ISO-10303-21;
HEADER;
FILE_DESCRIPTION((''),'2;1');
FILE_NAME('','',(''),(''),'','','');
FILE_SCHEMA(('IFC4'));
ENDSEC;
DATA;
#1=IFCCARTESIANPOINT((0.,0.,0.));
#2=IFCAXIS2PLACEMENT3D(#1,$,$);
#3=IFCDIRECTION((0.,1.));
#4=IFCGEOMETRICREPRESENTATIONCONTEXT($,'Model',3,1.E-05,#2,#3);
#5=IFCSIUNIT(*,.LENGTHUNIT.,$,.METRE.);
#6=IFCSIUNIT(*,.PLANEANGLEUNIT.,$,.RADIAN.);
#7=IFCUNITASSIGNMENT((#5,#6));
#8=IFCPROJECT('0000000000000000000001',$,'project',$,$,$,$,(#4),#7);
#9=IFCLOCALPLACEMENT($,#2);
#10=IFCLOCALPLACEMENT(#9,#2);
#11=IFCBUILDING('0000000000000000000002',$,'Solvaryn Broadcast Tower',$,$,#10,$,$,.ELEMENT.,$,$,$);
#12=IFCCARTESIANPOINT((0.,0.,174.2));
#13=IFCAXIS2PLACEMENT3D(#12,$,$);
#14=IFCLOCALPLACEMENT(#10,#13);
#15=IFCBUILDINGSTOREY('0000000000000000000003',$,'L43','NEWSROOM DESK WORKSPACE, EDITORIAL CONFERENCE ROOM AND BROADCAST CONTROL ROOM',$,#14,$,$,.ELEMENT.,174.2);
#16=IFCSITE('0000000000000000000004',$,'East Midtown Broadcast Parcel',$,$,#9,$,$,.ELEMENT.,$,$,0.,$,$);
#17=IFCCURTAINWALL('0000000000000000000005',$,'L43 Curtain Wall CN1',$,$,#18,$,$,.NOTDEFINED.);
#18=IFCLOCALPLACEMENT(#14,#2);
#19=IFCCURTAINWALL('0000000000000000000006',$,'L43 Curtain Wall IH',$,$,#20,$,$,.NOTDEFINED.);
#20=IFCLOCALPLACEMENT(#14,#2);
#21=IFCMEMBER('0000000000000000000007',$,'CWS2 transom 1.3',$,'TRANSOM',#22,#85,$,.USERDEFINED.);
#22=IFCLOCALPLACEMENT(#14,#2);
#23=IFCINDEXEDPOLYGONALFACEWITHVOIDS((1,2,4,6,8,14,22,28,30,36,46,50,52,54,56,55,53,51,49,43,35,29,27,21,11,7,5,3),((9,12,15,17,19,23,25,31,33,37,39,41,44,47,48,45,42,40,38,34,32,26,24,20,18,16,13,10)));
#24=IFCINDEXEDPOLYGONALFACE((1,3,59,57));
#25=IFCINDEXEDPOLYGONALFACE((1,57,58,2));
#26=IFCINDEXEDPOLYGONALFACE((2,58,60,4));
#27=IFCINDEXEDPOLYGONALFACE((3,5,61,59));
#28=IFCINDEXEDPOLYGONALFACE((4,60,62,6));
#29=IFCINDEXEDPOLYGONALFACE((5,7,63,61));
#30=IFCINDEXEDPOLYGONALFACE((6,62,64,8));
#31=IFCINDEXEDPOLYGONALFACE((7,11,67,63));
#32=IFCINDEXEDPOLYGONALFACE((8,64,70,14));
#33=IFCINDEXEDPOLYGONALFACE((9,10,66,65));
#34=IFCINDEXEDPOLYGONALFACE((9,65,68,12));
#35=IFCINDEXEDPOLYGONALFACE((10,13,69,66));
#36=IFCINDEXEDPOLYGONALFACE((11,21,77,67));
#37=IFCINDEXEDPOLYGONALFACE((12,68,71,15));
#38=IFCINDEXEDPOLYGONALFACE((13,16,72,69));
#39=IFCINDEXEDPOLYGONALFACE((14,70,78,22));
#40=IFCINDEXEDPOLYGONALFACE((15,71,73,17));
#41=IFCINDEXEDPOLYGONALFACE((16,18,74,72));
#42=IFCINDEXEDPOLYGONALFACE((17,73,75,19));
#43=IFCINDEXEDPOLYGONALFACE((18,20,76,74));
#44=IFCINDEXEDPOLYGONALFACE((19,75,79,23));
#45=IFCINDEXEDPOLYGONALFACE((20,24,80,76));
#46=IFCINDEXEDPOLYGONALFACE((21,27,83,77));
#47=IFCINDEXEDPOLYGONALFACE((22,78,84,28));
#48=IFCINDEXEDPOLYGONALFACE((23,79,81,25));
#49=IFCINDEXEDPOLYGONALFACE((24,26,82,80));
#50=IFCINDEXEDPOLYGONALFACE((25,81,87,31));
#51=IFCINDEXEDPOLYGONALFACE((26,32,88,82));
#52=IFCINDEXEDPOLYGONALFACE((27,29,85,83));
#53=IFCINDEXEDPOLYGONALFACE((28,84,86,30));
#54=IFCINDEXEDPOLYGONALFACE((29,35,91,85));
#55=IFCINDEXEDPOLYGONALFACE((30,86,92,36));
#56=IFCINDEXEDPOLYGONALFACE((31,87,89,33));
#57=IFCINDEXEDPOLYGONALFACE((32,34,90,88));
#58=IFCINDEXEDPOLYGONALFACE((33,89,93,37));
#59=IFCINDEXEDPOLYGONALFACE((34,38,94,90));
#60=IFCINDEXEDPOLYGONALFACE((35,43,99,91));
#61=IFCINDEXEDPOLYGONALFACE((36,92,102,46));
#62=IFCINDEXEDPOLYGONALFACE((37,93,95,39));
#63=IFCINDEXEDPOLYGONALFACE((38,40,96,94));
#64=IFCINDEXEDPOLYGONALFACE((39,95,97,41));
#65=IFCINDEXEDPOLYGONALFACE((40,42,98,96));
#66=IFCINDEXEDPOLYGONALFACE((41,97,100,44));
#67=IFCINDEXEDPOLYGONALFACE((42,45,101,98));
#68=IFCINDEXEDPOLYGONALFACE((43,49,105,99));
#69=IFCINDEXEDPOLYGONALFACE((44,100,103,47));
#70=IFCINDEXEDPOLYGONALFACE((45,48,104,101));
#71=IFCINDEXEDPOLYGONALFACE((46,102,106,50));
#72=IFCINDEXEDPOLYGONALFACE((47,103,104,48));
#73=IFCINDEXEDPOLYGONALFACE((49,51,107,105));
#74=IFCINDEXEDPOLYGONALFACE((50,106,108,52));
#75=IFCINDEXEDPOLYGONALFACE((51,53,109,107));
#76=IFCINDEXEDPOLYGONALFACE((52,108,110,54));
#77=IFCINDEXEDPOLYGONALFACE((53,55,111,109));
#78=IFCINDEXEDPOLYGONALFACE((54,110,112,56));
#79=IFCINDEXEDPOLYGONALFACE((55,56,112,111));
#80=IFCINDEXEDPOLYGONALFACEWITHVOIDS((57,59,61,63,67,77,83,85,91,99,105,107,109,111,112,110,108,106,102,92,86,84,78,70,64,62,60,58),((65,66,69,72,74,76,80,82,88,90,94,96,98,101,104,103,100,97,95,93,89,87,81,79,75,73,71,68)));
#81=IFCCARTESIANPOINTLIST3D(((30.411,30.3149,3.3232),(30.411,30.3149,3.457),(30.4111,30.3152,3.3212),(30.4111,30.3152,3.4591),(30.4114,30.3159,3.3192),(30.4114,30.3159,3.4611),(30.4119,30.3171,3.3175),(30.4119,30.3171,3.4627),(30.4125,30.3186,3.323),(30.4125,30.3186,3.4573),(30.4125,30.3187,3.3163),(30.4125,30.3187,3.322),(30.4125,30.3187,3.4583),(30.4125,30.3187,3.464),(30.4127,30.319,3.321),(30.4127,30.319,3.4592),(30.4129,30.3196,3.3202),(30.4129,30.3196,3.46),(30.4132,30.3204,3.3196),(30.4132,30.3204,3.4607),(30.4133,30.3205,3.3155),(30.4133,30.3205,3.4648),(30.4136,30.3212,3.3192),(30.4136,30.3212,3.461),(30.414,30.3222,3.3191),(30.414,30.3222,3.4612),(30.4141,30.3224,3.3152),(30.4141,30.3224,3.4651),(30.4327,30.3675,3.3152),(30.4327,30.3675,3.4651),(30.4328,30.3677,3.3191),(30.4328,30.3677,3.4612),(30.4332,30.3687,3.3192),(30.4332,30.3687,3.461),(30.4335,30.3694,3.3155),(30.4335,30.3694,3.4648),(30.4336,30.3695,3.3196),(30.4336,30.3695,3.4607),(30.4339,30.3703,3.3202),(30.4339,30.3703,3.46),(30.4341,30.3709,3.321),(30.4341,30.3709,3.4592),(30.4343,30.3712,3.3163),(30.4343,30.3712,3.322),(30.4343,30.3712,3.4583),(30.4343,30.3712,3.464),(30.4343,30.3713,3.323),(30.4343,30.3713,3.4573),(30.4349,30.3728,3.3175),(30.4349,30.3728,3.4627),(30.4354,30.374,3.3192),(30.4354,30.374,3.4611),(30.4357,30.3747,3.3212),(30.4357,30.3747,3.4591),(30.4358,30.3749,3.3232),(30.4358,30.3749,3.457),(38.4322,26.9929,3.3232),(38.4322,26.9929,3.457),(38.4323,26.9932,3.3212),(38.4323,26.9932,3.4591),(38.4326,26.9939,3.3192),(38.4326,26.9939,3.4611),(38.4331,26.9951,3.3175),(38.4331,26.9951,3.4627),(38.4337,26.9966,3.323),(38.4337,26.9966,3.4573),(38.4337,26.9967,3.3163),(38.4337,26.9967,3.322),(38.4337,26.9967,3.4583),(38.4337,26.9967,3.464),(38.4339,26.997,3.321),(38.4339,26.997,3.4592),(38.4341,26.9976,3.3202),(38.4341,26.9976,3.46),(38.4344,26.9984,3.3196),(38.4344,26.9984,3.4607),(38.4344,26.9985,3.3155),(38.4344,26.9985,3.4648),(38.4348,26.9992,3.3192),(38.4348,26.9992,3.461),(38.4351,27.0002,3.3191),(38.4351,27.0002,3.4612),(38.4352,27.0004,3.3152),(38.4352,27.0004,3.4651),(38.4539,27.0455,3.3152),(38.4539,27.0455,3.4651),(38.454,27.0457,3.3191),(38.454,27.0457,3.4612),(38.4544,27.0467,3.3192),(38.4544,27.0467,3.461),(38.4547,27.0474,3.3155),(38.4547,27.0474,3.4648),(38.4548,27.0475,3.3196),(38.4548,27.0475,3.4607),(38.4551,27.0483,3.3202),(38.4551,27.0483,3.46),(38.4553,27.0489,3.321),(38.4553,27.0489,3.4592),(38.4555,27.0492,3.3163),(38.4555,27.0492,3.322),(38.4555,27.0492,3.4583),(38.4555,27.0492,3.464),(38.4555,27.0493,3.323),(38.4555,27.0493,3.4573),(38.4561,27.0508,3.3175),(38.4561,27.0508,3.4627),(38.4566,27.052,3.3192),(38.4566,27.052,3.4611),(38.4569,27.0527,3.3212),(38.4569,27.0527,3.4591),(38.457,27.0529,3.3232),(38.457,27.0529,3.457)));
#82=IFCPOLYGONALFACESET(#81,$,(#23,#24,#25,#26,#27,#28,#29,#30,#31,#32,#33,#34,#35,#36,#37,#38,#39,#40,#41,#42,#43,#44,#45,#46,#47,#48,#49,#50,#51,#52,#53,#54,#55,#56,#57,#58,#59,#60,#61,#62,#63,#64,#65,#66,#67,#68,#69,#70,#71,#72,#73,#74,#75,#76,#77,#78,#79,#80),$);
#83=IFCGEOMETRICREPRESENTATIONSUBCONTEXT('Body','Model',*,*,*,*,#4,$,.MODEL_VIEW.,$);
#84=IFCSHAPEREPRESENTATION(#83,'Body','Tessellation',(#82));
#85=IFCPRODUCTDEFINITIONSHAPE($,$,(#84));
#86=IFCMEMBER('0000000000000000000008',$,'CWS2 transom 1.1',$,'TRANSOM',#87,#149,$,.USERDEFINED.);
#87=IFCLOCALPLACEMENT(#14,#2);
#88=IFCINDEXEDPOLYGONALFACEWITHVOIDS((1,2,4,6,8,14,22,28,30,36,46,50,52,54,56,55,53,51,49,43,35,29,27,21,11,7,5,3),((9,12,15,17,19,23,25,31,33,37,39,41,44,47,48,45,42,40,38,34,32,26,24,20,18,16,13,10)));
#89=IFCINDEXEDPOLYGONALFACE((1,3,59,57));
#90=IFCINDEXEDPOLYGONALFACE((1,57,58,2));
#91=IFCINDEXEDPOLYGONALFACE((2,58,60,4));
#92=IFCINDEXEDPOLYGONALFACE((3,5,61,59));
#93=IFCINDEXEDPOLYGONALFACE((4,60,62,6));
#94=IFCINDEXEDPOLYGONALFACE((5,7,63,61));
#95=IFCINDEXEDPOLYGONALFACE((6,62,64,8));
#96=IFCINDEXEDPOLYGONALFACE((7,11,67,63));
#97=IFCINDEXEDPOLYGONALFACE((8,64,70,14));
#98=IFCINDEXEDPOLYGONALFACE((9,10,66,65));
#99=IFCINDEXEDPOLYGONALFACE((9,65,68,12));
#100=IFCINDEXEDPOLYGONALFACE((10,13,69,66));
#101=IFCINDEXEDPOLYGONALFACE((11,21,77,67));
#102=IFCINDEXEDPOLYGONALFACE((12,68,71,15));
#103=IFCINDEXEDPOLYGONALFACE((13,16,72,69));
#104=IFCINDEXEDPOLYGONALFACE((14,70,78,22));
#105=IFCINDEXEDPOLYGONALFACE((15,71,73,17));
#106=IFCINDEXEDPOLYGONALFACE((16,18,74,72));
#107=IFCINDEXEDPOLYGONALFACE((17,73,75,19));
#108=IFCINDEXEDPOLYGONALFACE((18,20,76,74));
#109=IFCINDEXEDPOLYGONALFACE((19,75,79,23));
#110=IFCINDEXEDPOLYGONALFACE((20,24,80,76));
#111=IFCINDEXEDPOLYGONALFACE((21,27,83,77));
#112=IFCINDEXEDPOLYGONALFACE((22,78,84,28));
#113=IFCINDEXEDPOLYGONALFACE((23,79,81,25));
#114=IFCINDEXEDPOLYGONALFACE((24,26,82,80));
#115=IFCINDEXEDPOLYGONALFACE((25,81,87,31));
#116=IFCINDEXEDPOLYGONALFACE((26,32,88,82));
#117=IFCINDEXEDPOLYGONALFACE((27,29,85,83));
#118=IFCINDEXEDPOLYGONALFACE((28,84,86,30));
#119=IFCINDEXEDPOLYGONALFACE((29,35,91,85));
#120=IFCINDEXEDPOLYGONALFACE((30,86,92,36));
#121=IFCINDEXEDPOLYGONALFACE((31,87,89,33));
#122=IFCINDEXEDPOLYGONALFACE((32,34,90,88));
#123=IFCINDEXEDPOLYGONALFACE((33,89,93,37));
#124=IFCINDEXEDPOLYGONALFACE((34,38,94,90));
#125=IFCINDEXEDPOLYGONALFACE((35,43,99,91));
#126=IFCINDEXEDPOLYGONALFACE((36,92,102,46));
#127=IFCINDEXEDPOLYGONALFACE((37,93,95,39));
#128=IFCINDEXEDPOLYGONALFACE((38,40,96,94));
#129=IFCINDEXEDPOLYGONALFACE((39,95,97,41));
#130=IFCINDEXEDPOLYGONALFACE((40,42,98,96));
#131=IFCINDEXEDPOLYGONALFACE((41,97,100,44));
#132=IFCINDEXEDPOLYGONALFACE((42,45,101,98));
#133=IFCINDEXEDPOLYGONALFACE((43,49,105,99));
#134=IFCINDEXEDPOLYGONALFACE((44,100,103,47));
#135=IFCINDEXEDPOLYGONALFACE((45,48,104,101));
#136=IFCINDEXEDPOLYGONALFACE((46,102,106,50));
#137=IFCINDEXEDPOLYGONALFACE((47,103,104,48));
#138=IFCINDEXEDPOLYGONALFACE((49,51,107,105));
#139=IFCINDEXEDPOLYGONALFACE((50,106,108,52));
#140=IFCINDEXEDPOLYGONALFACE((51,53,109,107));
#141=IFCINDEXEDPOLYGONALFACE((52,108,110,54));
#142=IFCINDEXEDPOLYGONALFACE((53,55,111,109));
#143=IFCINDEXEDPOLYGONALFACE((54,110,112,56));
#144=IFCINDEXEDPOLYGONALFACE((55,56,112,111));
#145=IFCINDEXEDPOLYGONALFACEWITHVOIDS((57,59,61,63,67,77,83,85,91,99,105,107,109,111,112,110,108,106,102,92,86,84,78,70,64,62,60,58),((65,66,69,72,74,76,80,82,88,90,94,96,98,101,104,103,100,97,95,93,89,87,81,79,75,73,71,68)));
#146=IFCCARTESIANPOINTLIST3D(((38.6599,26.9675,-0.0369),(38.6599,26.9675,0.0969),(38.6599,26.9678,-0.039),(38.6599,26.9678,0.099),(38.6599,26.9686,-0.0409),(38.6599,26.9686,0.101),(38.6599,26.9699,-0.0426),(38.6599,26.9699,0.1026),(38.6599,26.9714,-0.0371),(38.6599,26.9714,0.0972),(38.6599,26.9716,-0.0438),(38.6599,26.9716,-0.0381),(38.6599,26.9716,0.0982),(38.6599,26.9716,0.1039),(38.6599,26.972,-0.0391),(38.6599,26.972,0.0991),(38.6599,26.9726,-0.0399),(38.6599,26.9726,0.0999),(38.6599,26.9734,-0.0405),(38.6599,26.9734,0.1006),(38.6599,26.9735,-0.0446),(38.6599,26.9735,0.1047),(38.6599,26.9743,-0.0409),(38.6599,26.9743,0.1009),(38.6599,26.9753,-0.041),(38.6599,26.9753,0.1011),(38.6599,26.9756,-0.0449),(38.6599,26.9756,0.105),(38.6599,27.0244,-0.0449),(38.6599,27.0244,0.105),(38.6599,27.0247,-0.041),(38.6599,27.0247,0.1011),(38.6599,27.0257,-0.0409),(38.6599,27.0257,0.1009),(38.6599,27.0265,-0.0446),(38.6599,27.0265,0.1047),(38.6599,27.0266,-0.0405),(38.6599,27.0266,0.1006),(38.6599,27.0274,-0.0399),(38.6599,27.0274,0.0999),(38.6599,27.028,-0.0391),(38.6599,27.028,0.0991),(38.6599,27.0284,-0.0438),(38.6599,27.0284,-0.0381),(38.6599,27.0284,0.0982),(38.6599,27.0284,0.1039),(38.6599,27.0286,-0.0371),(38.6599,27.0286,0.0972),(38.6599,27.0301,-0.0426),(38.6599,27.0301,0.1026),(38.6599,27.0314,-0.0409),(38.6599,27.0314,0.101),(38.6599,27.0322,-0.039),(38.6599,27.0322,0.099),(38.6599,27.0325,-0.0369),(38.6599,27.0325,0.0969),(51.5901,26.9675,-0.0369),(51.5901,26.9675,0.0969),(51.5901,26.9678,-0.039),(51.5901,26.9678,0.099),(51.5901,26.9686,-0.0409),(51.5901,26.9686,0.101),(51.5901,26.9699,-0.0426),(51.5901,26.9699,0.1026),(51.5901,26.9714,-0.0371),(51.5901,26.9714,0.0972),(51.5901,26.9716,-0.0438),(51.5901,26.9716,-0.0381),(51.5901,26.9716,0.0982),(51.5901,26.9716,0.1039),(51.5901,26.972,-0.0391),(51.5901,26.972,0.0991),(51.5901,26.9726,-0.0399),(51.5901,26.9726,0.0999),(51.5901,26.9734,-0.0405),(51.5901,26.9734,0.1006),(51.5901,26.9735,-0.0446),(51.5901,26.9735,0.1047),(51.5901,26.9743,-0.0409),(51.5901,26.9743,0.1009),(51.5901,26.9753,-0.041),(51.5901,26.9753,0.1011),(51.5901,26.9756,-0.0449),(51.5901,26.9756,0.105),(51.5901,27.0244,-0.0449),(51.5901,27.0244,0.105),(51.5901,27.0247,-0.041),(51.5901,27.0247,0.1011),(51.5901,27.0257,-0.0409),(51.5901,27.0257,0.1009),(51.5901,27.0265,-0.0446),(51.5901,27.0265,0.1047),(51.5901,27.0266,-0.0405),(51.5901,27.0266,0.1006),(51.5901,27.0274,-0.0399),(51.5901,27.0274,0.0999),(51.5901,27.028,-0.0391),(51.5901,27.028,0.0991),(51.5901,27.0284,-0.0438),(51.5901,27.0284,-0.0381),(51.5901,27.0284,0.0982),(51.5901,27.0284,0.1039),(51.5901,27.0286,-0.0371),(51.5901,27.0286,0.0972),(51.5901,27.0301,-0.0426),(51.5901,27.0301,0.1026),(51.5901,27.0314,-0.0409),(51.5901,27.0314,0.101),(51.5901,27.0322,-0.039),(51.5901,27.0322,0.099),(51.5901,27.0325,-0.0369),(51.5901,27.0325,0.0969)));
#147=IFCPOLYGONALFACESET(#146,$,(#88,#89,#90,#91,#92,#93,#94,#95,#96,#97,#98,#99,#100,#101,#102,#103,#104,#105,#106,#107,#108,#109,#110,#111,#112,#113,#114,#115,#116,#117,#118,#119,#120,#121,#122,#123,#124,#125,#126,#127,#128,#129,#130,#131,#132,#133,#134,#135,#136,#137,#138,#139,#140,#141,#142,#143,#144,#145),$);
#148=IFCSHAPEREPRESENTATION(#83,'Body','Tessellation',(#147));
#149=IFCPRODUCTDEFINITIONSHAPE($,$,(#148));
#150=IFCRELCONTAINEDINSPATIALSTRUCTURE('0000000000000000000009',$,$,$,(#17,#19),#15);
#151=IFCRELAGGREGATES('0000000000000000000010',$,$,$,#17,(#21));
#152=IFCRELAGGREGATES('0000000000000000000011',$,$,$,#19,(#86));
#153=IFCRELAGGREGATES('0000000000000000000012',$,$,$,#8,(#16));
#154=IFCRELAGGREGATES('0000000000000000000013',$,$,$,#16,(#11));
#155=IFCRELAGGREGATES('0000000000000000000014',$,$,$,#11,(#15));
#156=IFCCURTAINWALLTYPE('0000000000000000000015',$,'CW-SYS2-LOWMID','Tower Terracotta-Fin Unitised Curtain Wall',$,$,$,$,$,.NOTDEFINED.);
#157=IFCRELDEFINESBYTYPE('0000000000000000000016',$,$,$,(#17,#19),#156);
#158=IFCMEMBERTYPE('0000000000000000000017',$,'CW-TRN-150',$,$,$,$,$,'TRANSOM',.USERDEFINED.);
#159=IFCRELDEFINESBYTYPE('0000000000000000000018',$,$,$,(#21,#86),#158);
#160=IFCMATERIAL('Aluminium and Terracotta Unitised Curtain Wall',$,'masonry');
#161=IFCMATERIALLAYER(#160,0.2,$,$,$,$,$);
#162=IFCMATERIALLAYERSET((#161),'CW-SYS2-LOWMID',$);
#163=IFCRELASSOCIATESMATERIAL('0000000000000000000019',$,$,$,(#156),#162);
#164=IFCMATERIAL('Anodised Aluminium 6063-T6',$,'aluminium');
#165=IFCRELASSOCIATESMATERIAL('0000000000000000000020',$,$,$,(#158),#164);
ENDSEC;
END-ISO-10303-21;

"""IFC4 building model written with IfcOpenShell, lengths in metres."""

from ifc_helpers import new_model, si_unit, direction, frame, origin, origin_2d, place, context, subcontext, project, spatial, hollow_rectangle, extrude, material, layer, layer_set, material_profile, profile_set, type_object, element, aggregate, save


model = new_model("IFC4")

# Units and contexts
model_context = context("Model", 3, precision=1e-05, world=origin(), true_north=direction((0.0, 1.0)))
body_context = subcontext(model_context, "Body", "Model", "MODEL_VIEW")
ifc_project = project(units=[si_unit("LENGTHUNIT", "METRE"), si_unit("PLANEANGLEUNIT", "RADIAN")], contexts=[model_context])

# Site, building, storey
site_placement = place(None, origin())
site = spatial("IfcSite", under=ifc_project, at=site_placement, Name="East Midtown Broadcast Parcel", CompositionType="ELEMENT", RefElevation=0.0)
building_placement = place(site_placement, origin())
building = spatial("IfcBuilding", under=site, at=building_placement, Name="Solvaryn Broadcast Tower", CompositionType="ELEMENT")
storey_placement = place(building_placement, frame((0.0, 0.0, 174.2)))
storey = spatial("IfcBuildingStorey", under=building, at=storey_placement, Name="L43", Description="NEWSROOM DESK WORKSPACE, EDITORIAL CONFERENCE ROOM AND BROADCAST CONTROL ROOM", CompositionType="ELEMENT", Elevation=174.2)

# Curtain walls
ifc_material_1 = material(Name="Aluminium and Terracotta Unitised Curtain Wall", Category="masonry")
ifc_layer_1 = layer(ifc_material_1, 0.2)
ifc_layer_set_1 = layer_set([ifc_layer_1], Name="CW-SYS2-LOWMID")
curtain_wall_type = type_object("IfcCurtainWallType", Name="CW-SYS2-LOWMID", Description="Tower Terracotta-Fin Unitised Curtain Wall", PredefinedType="NOTDEFINED", material=ifc_layer_set_1)
curtain_wall_1_placement = place(storey_placement, origin())
curtain_wall_1 = element("IfcCurtainWall", 1, at=curtain_wall_1_placement, inside=storey, type_object=curtain_wall_type, Name="L43 Curtain Wall CN1", PredefinedType="NOTDEFINED")
curtain_wall_2_placement = place(storey_placement, origin())
curtain_wall_2 = element("IfcCurtainWall", 2, at=curtain_wall_2_placement, inside=storey, type_object=curtain_wall_type, Name="L43 Curtain Wall IH", PredefinedType="NOTDEFINED")

# Members
ifc_material_2 = material(Name="Anodised Aluminium 6063-T6", Category="aluminium")
ifc_material_profile_1 = material_profile(ifc_material_2, hollow_rectangle(XDim=0.0649, YDim=0.1499, WallThickness=0.0039, InnerFilletRadius=0.0039, OuterFilletRadius=0.0081, at=origin_2d()))
ifc_profile_set_1 = profile_set([ifc_material_profile_1], Name="Anodised Aluminium 6063-T6")
member_type_1 = type_object("IfcMemberType", Name="CW-TRN-150", ElementType="TRANSOM", PredefinedType="USERDEFINED", material=ifc_profile_set_1)
member_1_placement = place(storey_placement, frame((38.4446, 27.0229, 3.3901), z_axis=(-0.923899, 0.382636, 0.0), x_axis=(-0.382636, -0.923899, 0.0)))
member_1 = element("IfcMember", 3, at=member_1_placement, type_object=member_type_1, Name="CWS2 transom 1.3", ObjectType="TRANSOM", PredefinedType="USERDEFINED", context=body_context, shape_type="SweptSolid", body=[
    extrude(hollow_rectangle(XDim=0.0649, YDim=0.1499, WallThickness=0.0039, InnerFilletRadius=0.0039, OuterFilletRadius=0.0081, at=origin_2d()), origin(), (0.0, 0.0, 1.0), 8.6819),
])
aggregate(curtain_wall_1, [member_1])
member_2_placement = place(storey_placement, frame((38.6599, 27.0, 0.03), z_axis=(1.0, 0.0, 0.0), x_axis=(0.0, 1.0, 0.0)))
member_2 = element("IfcMember", 4, at=member_2_placement, type_object=member_type_1, Name="CWS2 transom 1.1", ObjectType="TRANSOM", PredefinedType="USERDEFINED", context=body_context, shape_type="SweptSolid", body=[
    extrude(hollow_rectangle(XDim=0.0649, YDim=0.1499, WallThickness=0.0039, InnerFilletRadius=0.0039, OuterFilletRadius=0.0081, at=origin_2d()), origin(), (0.0, 0.0, 1.0), 12.9302),
])
aggregate(curtain_wall_2, [member_2])

save(model, "model.ifc")
